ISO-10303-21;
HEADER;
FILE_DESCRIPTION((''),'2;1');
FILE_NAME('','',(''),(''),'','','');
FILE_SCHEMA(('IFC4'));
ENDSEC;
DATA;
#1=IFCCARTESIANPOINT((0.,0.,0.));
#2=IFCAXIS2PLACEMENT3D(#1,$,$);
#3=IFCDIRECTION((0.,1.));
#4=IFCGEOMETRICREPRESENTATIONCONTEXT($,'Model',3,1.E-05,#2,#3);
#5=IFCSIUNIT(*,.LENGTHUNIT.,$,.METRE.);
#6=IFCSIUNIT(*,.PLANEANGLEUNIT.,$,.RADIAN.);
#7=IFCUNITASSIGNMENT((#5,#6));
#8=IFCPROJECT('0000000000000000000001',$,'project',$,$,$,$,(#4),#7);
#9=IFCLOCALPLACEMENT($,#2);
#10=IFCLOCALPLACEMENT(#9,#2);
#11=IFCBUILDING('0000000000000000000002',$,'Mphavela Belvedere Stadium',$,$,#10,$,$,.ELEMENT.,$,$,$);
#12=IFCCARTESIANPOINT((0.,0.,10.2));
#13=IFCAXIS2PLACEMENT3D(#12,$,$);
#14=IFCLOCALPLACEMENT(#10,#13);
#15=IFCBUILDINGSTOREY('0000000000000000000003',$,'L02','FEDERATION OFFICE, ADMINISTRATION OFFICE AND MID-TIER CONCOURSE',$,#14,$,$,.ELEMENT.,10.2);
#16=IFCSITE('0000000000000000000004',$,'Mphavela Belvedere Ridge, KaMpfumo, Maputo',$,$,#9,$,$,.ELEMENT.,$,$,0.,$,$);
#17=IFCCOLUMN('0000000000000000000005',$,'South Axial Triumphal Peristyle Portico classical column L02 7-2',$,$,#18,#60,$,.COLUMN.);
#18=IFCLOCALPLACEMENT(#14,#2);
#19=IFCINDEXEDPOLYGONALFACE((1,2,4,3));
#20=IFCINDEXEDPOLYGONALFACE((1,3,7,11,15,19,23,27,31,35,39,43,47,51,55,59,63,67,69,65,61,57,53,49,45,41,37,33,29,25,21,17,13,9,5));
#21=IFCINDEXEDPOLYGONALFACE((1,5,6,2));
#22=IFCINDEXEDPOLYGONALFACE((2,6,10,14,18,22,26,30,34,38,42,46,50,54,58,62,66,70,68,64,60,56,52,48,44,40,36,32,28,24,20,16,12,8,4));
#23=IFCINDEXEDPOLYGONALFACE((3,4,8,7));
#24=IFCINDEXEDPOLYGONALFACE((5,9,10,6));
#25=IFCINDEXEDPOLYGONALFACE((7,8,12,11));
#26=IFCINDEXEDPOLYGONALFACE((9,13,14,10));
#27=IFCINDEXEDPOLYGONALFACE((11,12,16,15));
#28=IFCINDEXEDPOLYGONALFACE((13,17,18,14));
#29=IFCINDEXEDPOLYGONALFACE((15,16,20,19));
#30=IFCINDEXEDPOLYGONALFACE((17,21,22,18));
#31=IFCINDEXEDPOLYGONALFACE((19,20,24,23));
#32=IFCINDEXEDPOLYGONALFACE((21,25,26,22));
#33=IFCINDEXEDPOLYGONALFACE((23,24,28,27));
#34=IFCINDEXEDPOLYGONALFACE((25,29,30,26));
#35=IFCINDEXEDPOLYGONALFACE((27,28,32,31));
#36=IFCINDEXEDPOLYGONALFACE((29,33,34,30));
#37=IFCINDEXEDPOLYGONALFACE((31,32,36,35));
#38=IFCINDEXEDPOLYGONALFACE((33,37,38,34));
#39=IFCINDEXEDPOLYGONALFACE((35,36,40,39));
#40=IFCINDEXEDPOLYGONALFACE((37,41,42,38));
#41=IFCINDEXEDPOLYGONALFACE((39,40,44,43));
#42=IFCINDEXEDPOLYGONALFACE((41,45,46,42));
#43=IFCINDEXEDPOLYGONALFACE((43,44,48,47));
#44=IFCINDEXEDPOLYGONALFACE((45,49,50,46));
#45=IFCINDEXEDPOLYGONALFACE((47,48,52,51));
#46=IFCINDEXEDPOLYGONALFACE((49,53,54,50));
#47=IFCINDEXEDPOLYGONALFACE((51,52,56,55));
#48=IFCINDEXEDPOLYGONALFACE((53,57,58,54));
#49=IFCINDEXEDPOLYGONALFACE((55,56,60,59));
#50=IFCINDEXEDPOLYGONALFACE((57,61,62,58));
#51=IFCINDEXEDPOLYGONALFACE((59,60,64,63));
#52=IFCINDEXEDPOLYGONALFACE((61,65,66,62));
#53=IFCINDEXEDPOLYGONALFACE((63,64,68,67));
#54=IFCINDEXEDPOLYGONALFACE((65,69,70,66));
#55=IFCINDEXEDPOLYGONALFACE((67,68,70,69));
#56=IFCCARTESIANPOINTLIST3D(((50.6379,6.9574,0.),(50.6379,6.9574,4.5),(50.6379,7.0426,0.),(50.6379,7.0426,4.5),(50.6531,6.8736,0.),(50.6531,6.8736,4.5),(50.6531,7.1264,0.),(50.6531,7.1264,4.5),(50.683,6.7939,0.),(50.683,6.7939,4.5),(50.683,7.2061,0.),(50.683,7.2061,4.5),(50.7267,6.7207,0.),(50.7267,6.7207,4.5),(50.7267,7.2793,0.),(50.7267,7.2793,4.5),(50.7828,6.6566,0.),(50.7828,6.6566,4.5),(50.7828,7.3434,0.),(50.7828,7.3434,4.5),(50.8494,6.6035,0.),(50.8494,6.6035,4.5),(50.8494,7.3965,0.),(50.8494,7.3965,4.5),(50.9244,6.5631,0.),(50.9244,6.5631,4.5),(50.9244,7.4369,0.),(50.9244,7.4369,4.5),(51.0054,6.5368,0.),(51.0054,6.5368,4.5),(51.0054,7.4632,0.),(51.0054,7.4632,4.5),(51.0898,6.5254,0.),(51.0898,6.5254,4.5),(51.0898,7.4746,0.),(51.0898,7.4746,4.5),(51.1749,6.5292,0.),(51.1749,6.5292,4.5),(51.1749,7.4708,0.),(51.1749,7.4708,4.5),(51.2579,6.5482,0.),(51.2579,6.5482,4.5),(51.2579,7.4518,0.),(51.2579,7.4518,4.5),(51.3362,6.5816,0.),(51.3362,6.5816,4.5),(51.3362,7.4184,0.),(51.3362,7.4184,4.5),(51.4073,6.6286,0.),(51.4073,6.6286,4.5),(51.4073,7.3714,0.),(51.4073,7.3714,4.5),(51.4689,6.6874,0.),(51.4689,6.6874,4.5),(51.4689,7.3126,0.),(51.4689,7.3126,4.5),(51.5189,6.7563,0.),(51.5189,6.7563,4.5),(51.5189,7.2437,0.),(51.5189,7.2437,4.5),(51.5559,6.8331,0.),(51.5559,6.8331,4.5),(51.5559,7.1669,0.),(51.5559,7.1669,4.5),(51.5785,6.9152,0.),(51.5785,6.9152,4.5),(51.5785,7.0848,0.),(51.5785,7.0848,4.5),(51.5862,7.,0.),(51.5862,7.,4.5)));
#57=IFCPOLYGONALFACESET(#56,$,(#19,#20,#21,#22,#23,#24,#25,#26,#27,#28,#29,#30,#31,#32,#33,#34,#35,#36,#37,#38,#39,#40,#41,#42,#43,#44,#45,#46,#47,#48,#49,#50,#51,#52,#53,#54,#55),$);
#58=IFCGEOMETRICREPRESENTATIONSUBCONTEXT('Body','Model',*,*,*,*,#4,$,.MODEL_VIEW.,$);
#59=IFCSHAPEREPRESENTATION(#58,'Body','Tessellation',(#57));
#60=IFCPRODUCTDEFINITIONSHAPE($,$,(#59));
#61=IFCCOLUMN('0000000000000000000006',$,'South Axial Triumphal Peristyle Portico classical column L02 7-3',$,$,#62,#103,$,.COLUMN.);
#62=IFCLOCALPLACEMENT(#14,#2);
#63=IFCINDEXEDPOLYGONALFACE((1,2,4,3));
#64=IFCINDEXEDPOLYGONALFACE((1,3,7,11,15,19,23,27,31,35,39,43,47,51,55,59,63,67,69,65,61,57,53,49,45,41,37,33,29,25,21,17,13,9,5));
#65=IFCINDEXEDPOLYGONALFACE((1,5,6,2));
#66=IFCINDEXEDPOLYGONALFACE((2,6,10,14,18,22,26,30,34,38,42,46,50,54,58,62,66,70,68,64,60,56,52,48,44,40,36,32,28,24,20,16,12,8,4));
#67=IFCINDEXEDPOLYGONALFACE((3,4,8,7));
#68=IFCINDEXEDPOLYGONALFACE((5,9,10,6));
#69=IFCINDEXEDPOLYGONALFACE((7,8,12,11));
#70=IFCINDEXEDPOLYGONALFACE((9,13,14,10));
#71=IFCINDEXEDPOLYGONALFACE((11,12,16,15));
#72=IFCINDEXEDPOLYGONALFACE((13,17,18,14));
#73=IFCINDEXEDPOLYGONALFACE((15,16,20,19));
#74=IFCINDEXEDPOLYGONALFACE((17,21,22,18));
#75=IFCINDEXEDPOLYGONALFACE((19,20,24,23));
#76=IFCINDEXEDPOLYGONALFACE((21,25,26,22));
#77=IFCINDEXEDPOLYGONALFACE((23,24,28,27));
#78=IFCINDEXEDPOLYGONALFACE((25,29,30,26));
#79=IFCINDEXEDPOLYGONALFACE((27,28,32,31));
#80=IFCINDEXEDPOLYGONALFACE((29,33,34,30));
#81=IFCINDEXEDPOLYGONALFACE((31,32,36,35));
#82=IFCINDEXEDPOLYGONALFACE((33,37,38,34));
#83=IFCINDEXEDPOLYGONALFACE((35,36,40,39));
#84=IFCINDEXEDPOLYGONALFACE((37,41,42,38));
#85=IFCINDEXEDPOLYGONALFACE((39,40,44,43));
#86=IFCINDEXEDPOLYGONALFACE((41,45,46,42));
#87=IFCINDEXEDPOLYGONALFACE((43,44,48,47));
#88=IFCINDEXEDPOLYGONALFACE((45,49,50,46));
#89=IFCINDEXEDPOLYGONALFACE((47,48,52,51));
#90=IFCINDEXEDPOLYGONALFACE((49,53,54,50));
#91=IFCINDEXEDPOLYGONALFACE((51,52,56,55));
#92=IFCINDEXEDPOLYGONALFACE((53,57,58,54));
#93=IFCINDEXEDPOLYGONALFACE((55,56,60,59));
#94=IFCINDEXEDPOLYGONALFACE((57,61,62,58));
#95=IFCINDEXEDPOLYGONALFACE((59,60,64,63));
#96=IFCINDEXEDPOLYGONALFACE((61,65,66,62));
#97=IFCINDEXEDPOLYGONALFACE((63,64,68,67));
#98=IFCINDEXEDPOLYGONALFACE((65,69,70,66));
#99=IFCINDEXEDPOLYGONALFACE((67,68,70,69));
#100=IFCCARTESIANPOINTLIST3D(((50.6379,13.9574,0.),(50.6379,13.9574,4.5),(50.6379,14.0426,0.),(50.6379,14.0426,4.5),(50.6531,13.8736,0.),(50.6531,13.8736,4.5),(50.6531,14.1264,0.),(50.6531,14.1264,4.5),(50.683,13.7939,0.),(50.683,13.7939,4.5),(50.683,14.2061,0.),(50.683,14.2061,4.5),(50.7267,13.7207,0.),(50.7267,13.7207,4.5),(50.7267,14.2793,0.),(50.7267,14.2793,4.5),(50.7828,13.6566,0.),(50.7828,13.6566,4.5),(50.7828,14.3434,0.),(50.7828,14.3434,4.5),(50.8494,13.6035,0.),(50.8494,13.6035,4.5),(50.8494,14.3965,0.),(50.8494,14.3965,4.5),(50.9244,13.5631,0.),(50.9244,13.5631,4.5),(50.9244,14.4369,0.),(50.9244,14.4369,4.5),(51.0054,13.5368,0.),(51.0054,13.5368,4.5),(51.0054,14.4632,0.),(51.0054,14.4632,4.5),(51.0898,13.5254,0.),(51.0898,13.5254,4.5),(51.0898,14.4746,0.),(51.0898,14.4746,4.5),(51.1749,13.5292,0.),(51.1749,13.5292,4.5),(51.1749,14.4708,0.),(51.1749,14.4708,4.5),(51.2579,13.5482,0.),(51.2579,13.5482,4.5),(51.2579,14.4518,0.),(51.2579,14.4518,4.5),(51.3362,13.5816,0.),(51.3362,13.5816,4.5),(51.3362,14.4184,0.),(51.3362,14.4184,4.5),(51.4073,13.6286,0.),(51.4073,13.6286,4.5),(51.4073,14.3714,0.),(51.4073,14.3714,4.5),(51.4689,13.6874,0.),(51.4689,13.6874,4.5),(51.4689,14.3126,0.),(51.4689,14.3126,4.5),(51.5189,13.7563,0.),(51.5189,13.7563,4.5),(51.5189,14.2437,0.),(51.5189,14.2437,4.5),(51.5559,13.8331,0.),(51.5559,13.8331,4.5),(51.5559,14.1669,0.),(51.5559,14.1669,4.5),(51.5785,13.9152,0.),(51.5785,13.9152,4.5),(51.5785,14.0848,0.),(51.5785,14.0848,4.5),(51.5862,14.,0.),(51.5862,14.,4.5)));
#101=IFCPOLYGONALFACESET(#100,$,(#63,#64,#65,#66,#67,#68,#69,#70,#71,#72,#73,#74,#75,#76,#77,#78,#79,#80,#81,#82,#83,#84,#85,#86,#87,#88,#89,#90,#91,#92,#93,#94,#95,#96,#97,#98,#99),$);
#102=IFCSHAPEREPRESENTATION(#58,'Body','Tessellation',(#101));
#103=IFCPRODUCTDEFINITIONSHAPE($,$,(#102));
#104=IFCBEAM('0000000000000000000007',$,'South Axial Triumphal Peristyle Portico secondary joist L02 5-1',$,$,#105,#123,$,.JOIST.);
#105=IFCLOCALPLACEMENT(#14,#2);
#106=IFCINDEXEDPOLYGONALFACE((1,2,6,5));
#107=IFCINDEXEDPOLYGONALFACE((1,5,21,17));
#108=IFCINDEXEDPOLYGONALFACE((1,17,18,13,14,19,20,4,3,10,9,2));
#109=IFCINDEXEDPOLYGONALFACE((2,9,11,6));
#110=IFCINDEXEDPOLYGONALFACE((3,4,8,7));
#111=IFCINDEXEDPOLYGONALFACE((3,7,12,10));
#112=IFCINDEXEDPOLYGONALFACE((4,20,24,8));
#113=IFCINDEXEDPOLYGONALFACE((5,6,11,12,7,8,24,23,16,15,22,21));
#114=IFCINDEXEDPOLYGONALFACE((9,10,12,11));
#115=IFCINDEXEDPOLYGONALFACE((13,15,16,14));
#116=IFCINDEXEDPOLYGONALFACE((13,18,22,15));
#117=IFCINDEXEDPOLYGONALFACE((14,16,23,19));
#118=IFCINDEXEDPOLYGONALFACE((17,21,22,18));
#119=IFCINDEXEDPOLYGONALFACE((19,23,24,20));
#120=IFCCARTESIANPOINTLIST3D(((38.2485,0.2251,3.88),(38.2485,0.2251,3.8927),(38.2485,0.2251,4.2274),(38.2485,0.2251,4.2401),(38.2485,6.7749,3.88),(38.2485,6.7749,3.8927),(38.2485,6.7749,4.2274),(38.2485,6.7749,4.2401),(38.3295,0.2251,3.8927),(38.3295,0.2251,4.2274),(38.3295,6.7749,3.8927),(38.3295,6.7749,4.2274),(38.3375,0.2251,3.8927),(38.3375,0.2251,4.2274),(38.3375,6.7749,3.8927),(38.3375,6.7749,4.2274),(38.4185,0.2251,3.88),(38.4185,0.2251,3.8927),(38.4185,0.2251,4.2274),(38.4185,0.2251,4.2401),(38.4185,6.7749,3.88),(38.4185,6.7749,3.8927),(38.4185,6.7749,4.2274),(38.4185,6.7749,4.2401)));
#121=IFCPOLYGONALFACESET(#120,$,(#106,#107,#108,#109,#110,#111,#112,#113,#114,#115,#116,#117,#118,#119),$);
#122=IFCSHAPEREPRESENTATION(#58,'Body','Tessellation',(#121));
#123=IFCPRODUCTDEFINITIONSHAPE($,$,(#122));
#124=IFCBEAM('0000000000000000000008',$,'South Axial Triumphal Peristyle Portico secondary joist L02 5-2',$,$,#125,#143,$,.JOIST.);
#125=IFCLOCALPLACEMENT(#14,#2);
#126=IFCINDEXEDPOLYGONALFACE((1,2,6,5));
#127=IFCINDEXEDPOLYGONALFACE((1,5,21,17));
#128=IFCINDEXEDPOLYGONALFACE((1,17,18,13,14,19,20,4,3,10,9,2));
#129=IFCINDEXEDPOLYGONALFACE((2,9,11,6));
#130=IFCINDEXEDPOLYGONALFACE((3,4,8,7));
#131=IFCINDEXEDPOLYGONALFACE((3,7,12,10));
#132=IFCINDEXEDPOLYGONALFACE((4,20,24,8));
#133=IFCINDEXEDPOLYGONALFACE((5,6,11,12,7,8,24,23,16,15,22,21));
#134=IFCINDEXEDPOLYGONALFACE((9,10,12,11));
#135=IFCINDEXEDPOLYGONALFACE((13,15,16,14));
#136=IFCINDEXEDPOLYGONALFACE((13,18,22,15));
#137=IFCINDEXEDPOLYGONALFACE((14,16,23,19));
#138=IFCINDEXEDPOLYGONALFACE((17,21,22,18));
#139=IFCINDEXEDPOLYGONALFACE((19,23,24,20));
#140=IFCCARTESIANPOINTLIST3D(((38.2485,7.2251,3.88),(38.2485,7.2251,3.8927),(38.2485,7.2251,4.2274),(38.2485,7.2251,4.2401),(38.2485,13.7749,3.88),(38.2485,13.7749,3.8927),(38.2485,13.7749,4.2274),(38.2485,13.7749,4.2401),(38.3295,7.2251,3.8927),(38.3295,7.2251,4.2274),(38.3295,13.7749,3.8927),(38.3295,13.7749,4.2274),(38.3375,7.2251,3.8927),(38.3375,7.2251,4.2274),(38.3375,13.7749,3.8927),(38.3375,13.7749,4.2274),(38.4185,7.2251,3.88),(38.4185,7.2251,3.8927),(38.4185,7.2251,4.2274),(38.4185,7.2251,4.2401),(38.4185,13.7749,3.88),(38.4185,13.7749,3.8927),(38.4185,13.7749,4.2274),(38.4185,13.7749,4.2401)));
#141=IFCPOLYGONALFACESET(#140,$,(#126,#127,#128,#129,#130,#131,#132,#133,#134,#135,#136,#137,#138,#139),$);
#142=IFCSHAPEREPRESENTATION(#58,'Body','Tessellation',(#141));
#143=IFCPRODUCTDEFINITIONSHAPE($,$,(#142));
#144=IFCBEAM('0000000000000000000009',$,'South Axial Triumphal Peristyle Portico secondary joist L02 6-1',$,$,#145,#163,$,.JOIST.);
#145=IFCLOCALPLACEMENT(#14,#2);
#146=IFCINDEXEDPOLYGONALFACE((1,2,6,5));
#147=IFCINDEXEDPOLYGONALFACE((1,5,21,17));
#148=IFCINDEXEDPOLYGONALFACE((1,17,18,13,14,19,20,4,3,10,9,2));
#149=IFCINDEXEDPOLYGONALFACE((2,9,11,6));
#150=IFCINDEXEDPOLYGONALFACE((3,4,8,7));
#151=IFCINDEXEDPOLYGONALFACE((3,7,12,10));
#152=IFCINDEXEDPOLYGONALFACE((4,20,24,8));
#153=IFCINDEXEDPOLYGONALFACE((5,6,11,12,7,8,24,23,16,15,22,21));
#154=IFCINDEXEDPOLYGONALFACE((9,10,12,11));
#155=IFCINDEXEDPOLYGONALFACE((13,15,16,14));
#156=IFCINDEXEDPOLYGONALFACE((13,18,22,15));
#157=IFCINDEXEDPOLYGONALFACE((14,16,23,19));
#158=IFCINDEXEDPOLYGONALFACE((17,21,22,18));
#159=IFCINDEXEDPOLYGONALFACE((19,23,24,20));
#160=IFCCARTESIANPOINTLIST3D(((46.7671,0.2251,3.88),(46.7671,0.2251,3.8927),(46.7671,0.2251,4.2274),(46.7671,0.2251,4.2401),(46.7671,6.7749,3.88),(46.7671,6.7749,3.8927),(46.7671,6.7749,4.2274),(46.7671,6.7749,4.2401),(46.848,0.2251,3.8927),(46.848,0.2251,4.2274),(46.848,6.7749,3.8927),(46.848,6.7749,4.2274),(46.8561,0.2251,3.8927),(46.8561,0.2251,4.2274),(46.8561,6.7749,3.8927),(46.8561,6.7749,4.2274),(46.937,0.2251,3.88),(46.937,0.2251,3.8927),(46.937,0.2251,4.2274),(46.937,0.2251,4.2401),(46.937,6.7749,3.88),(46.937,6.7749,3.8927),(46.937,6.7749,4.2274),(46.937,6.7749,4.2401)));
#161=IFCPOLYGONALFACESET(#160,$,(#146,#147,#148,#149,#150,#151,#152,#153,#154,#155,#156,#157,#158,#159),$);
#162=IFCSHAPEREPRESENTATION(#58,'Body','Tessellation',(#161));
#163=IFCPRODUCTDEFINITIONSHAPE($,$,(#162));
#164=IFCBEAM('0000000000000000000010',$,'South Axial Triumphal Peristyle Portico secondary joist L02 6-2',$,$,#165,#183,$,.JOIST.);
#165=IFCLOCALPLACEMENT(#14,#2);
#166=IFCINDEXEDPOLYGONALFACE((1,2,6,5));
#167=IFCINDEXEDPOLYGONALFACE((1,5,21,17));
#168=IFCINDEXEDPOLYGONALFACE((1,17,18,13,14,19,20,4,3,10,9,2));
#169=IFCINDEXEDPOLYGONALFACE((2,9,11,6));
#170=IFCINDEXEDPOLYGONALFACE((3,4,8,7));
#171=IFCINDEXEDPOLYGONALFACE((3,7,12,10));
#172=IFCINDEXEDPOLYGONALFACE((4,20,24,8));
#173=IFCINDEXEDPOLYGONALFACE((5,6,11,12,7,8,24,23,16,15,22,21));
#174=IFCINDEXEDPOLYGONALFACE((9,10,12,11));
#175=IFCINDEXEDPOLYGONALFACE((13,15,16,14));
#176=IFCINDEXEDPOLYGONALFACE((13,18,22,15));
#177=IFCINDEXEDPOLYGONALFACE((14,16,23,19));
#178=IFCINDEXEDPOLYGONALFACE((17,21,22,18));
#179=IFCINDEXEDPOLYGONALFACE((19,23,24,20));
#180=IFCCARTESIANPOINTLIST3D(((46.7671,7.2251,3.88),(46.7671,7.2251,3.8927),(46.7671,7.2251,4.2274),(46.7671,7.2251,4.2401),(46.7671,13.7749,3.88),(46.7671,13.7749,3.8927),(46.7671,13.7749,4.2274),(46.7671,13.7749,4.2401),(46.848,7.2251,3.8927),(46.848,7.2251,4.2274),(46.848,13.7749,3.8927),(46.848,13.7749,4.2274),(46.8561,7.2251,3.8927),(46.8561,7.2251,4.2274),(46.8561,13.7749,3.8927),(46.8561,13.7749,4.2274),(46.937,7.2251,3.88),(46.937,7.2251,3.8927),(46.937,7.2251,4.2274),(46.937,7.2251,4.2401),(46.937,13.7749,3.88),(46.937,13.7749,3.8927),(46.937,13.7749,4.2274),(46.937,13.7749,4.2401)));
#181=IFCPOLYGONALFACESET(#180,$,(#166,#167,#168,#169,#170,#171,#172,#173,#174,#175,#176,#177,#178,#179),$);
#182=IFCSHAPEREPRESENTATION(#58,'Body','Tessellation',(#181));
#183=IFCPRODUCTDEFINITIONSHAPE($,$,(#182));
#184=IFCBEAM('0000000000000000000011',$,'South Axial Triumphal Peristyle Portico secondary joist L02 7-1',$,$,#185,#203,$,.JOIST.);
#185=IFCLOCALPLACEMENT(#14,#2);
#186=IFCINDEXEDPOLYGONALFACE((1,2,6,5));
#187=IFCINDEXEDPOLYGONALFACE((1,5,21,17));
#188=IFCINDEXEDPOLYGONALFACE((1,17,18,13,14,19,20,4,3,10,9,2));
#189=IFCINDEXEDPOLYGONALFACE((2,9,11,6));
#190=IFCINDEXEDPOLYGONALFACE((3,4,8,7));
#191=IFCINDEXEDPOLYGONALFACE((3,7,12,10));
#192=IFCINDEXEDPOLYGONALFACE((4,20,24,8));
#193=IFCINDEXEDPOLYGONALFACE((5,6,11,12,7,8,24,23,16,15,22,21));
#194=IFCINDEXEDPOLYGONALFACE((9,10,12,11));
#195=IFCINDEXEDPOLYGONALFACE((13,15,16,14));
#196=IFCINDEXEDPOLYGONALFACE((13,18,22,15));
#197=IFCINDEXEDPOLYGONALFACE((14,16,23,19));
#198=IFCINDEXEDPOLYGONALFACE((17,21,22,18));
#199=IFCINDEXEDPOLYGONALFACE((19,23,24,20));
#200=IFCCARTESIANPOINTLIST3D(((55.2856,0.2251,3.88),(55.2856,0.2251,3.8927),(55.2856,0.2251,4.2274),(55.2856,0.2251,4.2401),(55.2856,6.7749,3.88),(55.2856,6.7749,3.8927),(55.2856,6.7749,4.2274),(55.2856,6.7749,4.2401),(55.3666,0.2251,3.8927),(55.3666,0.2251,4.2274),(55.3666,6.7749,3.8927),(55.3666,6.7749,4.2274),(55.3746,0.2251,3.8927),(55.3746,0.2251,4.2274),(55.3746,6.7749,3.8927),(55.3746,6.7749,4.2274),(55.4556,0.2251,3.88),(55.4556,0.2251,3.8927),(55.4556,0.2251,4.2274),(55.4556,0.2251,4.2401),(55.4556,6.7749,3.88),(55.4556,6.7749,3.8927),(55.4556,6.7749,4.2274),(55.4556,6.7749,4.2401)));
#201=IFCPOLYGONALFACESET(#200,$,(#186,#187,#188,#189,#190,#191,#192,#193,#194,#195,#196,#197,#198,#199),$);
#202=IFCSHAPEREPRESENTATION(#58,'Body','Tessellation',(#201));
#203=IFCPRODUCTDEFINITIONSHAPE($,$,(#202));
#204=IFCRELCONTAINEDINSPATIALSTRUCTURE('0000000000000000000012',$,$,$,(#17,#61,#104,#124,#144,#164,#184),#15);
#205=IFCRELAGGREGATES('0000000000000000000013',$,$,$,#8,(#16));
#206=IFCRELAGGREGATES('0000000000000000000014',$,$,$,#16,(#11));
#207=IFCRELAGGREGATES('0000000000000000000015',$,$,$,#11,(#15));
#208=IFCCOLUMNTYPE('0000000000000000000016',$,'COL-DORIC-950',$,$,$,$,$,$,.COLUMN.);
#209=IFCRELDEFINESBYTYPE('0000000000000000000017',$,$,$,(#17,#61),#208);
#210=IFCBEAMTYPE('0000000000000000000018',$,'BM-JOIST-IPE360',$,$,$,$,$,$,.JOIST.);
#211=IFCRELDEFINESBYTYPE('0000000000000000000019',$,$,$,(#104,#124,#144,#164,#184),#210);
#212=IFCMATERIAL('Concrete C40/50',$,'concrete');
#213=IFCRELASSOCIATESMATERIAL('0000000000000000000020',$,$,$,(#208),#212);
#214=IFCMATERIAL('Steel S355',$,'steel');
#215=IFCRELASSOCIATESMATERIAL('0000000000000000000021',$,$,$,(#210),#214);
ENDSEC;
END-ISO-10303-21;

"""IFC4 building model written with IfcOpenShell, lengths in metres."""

from ifc_helpers import new_model, si_unit, direction, frame, origin, origin_2d, place, context, subcontext, project, spatial, circle, i_section, extrude, material, material_profile, profile_set, type_object, element, save


model = new_model("IFC4")

# Units and contexts
model_context = context("Model", 3, precision=1e-05, world=origin(), true_north=direction((0.0, 1.0)))
body_context = subcontext(model_context, "Body", "Model", "MODEL_VIEW")
ifc_project = project(units=[si_unit("LENGTHUNIT", "METRE"), si_unit("PLANEANGLEUNIT", "RADIAN")], contexts=[model_context])

# Site, building, storey
site_placement = place(None, origin())
site = spatial("IfcSite", under=ifc_project, at=site_placement, Name="Mphavela Belvedere Ridge, KaMpfumo, Maputo", CompositionType="ELEMENT", RefElevation=0.0)
building_placement = place(site_placement, origin())
building = spatial("IfcBuilding", under=site, at=building_placement, Name="Mphavela Belvedere Stadium", CompositionType="ELEMENT")
storey_placement = place(building_placement, frame((0.0, 0.0, 10.2)))
storey = spatial("IfcBuildingStorey", under=building, at=storey_placement, Name="L02", Description="FEDERATION OFFICE, ADMINISTRATION OFFICE AND MID-TIER CONCOURSE", CompositionType="ELEMENT", Elevation=10.2)

# Columns
ifc_material_1 = material(Name="Concrete C40/50", Category="concrete")
ifc_material_profile_1 = material_profile(ifc_material_1, circle(Radius=0.4751, at=origin_2d()), Name="COL D950")
ifc_profile_set_1 = profile_set([ifc_material_profile_1], Name="Concrete C40/50")
column_type = type_object("IfcColumnType", Name="COL-DORIC-950", PredefinedType="COLUMN", material=ifc_profile_set_1)
for number, where, z_axis, x_axis, name in (
    (1, (51.1111, 7.0, 0.0), (0.0, 0.0, 1.0), (1.0, 0.0, 0.0), "South Axial Triumphal Peristyle Portico classical column L02 7-2"),
    (2, (51.1111, 14.0, 0.0), (0.0, 0.0, 1.0), (1.0, 0.0, 0.0), "South Axial Triumphal Peristyle Portico classical column L02 7-3"),
):
    element("IfcColumn", number, at=place(storey_placement, frame(where, z_axis=z_axis, x_axis=x_axis)), inside=storey, type_object=column_type, Name=name, PredefinedType="COLUMN", context=body_context, shape_type="SweptSolid", body=[
        extrude(circle(Radius=0.4751, at=origin_2d()), origin(), (0.0, 0.0, 1.0), 4.5),
    ])

# Beams
ifc_material_2 = material(Name="Steel S355", Category="steel")
ifc_material_profile_2 = material_profile(ifc_material_2, i_section(OverallWidth=0.1699, OverallDepth=0.3601, WebThickness=0.0081, FlangeThickness=0.0127, at=origin_2d()), Name="IPE 360")
ifc_profile_set_2 = profile_set([ifc_material_profile_2], Name="Steel S355")
beam_type_1 = type_object("IfcBeamType", Name="BM-JOIST-IPE360", PredefinedType="JOIST", material=ifc_profile_set_2)
for number, where, z_axis, x_axis, name in (
    (3, (38.3335, 0.2251, 4.0601), (0.0, 1.0, 0.0), (-1.0, 0.0, 0.0), "South Axial Triumphal Peristyle Portico secondary joist L02 5-1"),
    (4, (38.3335, 7.2251, 4.0601), (0.0, 1.0, 0.0), (-1.0, 0.0, 0.0), "South Axial Triumphal Peristyle Portico secondary joist L02 5-2"),
    (5, (46.8521, 0.2251, 4.0601), (0.0, 1.0, 0.0), (-1.0, 0.0, 0.0), "South Axial Triumphal Peristyle Portico secondary joist L02 6-1"),
    (6, (46.8521, 7.2251, 4.0601), (0.0, 1.0, 0.0), (-1.0, 0.0, 0.0), "South Axial Triumphal Peristyle Portico secondary joist L02 6-2"),
    (7, (55.3706, 0.2251, 4.0601), (0.0, 1.0, 0.0), (-1.0, 0.0, 0.0), "South Axial Triumphal Peristyle Portico secondary joist L02 7-1"),
):
    element("IfcBeam", number, at=place(storey_placement, frame(where, z_axis=z_axis, x_axis=x_axis)), inside=storey, type_object=beam_type_1, Name=name, PredefinedType="JOIST", context=body_context, shape_type="SweptSolid", body=[
        extrude(i_section(OverallWidth=0.1699, OverallDepth=0.3601, WebThickness=0.0081, FlangeThickness=0.0127, at=origin_2d()), origin(), (0.0, 0.0, 1.0), 6.5498),
    ])

save(model, "model.ifc")
